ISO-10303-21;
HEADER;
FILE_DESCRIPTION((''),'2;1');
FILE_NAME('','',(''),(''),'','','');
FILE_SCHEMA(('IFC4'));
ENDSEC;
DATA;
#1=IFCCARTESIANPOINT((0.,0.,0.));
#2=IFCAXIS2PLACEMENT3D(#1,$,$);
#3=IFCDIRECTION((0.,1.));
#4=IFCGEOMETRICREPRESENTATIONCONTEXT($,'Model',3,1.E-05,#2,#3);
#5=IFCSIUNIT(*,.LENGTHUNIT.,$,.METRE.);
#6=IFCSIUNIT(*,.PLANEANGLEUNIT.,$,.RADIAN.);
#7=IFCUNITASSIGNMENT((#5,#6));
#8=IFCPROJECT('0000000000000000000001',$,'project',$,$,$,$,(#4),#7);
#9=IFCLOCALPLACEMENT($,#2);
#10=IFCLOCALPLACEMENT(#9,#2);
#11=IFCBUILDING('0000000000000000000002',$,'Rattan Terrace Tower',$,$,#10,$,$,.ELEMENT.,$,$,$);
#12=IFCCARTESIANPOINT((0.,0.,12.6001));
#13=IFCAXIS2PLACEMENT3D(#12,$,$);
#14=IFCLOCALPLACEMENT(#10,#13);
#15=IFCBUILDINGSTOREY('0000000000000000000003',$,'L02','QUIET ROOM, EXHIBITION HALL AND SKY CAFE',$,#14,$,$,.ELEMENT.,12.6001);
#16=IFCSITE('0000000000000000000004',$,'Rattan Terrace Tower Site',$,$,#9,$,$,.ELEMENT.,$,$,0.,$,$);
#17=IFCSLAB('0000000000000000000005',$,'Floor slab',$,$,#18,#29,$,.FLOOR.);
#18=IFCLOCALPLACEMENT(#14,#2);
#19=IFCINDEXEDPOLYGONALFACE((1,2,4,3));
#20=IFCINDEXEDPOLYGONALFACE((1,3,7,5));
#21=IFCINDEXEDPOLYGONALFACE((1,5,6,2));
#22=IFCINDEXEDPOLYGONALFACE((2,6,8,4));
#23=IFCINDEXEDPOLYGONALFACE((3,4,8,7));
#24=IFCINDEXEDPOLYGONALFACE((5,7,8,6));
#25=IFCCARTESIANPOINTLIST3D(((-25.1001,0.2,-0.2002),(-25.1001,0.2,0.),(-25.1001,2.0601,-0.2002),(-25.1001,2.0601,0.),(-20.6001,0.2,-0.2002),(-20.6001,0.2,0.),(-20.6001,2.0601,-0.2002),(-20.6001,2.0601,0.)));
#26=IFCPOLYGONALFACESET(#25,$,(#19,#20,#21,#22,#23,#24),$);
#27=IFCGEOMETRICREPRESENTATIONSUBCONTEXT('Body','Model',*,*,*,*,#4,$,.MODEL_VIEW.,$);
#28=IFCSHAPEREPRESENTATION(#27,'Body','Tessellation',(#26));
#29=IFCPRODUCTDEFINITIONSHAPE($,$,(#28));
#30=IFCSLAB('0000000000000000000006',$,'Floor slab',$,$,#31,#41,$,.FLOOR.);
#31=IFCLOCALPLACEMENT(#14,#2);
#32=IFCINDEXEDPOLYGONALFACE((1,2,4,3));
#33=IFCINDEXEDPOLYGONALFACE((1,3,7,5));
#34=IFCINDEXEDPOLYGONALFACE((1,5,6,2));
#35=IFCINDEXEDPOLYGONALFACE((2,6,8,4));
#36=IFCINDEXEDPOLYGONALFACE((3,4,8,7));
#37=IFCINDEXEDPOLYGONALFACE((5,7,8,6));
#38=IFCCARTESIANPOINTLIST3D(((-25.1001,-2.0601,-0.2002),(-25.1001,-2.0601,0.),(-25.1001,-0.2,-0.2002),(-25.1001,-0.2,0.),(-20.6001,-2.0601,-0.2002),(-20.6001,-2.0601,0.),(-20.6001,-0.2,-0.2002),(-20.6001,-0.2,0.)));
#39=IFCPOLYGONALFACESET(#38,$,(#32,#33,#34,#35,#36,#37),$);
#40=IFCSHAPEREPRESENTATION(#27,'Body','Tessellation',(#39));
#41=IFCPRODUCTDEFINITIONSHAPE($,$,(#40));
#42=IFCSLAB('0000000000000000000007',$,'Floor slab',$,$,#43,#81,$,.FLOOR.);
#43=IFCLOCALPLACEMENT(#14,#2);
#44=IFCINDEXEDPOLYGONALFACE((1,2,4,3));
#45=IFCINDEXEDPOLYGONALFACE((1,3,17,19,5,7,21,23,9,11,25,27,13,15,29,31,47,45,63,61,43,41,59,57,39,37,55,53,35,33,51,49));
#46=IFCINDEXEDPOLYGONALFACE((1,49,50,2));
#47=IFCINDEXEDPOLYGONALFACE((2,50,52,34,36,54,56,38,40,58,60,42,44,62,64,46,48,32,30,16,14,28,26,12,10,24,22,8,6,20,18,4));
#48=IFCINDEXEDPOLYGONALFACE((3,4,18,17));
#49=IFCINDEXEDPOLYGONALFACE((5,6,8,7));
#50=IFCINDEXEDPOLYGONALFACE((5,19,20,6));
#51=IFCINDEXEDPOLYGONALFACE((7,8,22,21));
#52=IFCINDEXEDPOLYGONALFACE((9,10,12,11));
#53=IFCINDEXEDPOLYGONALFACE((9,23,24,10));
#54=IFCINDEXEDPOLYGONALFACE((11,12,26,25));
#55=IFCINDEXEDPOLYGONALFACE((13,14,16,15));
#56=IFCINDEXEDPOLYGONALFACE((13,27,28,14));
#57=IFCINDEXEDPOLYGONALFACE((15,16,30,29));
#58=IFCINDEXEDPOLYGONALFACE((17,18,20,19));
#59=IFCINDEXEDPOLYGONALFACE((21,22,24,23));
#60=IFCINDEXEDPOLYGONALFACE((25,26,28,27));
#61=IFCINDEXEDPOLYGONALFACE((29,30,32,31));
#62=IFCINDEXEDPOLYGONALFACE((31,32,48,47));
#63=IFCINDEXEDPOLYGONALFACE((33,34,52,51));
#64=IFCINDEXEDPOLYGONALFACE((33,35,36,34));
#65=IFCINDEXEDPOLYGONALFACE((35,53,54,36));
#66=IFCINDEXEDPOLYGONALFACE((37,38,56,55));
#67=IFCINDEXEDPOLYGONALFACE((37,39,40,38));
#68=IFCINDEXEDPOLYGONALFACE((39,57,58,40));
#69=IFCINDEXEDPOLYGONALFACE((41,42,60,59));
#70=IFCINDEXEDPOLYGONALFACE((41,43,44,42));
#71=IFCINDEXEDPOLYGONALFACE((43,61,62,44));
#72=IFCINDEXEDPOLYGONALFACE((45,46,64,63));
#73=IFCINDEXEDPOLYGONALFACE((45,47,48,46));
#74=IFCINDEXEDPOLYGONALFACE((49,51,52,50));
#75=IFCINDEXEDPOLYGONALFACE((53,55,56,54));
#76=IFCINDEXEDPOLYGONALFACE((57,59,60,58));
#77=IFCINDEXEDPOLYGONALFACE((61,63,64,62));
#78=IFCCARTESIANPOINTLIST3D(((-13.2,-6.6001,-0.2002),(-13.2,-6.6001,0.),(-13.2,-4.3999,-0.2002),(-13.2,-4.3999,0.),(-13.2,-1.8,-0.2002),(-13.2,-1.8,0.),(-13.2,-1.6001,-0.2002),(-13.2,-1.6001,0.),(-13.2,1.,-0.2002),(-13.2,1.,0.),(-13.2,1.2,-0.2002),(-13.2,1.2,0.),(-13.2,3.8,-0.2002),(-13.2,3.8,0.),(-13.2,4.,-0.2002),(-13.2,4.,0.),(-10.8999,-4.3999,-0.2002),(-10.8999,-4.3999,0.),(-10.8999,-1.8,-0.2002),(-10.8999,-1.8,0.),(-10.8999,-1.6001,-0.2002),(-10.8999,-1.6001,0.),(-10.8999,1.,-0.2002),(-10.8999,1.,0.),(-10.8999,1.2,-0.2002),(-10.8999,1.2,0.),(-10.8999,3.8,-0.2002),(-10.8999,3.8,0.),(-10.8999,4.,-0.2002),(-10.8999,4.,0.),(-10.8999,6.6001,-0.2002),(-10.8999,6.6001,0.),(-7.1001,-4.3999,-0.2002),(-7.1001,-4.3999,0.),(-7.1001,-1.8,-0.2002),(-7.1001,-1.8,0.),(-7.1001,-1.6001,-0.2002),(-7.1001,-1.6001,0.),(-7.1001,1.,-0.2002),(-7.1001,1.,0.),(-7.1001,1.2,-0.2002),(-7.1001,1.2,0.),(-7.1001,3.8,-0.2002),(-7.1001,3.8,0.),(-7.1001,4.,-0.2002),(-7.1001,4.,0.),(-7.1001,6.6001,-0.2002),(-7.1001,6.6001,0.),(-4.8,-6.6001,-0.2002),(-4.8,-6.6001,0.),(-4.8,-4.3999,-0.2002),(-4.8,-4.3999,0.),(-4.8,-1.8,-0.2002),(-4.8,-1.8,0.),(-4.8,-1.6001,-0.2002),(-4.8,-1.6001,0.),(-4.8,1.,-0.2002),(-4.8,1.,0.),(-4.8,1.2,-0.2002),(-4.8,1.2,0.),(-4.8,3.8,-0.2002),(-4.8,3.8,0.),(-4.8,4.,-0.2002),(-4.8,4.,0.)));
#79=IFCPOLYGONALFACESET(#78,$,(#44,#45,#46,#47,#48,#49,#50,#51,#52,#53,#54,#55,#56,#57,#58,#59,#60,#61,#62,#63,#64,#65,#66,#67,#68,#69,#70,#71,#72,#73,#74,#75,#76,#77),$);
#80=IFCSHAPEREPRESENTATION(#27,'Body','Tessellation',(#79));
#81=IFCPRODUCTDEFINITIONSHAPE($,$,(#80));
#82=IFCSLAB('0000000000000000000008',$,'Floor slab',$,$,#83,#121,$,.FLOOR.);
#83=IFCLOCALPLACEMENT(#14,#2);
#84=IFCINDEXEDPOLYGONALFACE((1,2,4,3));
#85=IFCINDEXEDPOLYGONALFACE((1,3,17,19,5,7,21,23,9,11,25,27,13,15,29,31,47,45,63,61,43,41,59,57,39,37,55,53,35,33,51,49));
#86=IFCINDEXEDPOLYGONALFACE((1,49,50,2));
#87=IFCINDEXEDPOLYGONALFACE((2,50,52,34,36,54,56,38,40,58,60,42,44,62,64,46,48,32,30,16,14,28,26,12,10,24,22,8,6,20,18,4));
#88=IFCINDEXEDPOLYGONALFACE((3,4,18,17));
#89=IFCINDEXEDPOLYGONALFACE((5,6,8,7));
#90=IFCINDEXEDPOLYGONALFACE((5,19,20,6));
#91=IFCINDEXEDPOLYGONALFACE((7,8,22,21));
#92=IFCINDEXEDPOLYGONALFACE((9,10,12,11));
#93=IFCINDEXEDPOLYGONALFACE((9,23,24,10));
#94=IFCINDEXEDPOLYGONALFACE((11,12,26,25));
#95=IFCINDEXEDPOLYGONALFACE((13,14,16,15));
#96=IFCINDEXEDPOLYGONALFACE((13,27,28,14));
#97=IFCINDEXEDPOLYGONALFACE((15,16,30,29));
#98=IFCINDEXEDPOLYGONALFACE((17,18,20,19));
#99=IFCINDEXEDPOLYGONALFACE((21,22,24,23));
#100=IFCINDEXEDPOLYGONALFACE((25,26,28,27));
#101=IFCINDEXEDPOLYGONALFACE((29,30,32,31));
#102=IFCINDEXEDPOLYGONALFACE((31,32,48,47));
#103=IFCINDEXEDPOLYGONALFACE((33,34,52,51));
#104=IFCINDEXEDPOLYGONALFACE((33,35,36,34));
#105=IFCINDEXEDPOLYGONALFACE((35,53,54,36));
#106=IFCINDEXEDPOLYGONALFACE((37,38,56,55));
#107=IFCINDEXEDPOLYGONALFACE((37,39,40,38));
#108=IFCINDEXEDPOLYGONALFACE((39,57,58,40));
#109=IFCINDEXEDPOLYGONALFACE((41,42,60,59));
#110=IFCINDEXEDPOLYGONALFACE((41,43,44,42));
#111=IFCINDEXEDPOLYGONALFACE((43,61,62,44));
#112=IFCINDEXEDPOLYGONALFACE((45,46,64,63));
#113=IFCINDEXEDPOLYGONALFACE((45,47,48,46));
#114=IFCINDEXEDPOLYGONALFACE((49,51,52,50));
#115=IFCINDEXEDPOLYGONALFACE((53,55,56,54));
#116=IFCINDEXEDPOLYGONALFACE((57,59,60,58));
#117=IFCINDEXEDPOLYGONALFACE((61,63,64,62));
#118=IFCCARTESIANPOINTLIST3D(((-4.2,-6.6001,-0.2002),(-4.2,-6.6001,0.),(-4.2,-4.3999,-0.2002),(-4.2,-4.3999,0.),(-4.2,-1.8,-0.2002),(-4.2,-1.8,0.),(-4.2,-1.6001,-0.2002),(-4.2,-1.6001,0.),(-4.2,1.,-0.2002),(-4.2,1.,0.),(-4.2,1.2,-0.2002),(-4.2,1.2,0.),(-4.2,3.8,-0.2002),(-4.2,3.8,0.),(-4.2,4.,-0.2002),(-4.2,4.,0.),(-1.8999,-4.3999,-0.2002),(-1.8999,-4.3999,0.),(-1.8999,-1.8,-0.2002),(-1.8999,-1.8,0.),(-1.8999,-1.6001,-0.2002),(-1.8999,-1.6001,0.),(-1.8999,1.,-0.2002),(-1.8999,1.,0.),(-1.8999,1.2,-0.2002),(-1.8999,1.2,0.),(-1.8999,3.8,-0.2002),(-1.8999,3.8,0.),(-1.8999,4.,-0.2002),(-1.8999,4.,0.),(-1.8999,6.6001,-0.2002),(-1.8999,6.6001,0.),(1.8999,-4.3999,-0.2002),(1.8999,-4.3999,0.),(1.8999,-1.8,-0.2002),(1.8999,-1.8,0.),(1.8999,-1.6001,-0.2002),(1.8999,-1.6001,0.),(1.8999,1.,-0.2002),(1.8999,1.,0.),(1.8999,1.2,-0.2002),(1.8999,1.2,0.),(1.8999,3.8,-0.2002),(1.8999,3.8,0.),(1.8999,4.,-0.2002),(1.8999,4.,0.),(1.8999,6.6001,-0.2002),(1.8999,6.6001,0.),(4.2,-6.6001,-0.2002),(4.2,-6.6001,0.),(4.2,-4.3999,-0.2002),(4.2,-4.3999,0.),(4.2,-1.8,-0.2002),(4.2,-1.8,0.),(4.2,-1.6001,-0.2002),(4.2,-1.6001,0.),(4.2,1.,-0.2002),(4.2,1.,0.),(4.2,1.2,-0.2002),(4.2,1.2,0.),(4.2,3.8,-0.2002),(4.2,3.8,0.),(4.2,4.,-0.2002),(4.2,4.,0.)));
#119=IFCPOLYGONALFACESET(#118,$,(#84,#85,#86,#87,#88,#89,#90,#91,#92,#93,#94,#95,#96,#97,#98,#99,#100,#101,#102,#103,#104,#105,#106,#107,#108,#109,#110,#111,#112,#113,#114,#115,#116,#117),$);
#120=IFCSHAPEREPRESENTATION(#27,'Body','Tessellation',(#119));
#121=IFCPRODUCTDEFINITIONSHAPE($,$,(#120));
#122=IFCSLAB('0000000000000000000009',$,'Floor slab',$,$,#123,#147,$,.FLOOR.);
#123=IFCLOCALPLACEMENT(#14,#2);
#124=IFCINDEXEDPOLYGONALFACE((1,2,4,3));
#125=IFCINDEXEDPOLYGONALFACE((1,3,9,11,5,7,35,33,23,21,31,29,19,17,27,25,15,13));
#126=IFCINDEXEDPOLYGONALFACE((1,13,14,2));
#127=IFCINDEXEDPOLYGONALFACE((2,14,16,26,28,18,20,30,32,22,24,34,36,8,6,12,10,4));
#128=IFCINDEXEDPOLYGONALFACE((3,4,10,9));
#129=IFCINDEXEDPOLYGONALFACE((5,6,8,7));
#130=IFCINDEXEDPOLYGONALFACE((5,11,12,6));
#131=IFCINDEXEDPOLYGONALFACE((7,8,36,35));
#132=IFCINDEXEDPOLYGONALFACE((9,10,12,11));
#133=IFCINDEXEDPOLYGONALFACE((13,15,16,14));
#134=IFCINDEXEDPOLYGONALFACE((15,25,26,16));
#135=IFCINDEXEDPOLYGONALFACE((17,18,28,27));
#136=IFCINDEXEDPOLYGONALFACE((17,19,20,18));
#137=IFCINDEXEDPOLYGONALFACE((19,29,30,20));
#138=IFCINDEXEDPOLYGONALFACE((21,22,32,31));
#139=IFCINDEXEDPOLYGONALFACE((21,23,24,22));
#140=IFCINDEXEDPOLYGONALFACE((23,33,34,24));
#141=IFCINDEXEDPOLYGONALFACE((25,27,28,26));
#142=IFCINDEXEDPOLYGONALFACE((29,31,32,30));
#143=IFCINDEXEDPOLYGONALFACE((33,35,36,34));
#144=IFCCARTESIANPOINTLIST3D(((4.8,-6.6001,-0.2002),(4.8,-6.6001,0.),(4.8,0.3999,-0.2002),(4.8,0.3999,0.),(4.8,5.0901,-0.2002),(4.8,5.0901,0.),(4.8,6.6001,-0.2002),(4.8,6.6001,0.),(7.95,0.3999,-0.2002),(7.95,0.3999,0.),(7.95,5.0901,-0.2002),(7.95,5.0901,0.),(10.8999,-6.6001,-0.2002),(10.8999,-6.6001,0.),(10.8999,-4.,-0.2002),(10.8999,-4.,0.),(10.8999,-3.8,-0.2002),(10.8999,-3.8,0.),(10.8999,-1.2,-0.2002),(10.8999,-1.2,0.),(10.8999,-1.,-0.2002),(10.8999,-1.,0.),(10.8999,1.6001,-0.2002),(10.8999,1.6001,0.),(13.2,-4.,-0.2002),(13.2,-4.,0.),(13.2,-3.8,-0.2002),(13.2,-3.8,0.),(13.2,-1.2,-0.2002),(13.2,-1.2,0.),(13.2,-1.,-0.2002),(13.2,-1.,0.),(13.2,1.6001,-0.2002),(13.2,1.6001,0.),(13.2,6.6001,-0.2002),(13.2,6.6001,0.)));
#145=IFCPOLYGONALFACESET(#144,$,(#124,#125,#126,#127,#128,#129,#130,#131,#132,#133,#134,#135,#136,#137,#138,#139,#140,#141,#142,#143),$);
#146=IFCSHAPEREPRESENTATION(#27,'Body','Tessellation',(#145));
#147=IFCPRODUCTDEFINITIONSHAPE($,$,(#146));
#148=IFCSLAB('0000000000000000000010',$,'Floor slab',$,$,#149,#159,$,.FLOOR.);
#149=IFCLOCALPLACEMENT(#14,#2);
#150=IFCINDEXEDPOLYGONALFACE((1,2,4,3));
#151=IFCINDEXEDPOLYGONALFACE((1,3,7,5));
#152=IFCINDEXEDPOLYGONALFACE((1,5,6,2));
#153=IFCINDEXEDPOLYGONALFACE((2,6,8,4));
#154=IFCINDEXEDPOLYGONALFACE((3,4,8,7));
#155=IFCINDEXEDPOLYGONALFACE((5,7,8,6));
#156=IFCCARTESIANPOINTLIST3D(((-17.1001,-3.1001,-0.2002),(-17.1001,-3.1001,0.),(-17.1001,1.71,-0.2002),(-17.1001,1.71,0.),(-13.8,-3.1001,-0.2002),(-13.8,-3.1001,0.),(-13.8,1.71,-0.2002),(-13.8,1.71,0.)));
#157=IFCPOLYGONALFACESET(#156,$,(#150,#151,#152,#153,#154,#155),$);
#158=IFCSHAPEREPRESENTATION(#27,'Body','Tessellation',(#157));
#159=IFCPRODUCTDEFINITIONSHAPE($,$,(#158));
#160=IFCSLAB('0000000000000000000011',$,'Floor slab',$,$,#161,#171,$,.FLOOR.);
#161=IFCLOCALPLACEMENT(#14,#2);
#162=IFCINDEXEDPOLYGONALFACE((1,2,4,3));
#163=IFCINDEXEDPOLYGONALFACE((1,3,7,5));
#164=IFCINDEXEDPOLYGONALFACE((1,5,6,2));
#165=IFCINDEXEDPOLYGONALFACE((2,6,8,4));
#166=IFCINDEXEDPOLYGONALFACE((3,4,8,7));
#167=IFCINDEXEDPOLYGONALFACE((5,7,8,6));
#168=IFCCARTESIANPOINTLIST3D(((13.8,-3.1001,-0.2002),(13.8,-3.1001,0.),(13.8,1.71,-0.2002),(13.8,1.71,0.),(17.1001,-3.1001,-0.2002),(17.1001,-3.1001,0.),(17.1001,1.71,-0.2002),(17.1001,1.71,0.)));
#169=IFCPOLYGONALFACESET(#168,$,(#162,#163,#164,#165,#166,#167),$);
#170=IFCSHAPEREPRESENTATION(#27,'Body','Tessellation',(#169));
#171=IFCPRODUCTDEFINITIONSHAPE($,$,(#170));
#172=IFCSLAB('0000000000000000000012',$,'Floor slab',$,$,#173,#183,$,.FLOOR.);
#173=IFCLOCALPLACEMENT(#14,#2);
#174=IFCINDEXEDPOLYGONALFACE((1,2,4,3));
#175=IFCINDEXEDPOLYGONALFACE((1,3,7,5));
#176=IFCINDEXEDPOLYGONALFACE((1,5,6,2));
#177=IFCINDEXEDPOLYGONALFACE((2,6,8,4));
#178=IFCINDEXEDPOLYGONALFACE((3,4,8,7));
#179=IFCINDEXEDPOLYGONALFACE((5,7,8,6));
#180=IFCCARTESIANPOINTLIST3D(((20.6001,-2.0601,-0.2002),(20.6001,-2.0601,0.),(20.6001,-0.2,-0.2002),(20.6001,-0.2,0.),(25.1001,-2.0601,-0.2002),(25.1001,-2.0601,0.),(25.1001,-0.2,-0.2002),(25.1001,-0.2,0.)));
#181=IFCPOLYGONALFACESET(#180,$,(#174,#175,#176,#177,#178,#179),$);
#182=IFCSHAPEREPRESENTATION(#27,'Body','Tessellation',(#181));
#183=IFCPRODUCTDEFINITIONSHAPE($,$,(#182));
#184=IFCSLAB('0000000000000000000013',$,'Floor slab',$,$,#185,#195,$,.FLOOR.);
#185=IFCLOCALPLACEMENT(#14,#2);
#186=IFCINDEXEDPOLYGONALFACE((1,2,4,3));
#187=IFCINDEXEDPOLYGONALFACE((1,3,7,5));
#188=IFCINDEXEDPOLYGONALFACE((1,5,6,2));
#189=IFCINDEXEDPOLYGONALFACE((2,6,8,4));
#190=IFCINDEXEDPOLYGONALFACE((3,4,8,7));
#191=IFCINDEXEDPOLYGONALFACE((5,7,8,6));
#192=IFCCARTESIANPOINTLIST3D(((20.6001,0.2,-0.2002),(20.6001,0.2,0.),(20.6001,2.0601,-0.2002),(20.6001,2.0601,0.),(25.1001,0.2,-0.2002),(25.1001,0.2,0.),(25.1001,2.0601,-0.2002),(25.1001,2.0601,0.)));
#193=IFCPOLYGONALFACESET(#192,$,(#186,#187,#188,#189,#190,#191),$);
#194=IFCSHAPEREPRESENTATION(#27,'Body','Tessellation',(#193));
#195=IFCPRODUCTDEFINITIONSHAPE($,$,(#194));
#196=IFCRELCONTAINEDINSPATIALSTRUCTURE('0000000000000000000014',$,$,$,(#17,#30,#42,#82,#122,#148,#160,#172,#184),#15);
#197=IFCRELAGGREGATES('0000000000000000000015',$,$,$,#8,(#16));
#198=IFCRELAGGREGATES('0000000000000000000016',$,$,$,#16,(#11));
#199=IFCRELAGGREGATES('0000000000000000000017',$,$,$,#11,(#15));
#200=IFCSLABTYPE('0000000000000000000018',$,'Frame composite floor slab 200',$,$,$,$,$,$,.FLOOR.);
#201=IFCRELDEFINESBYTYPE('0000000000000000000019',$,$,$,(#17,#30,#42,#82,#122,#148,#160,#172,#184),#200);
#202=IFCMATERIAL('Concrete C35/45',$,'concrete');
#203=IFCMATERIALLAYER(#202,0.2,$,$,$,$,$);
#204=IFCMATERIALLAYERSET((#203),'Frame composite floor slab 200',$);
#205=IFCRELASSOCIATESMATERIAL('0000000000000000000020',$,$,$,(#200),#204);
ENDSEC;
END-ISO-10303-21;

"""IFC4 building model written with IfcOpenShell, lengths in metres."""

from ifc_helpers import new_model, si_unit, direction, frame, origin, place, context, subcontext, project, spatial, polyline, outline, extrude, material, layer, layer_set, type_object, element, save


model = new_model("IFC4")

# Units and contexts
model_context = context("Model", 3, precision=1e-05, world=origin(), true_north=direction((0.0, 1.0)))
body_context = subcontext(model_context, "Body", "Model", "MODEL_VIEW")
ifc_project = project(units=[si_unit("LENGTHUNIT", "METRE"), si_unit("PLANEANGLEUNIT", "RADIAN")], contexts=[model_context])

# Site, building, storey
site_placement = place(None, origin())
site = spatial("IfcSite", under=ifc_project, at=site_placement, Name="Rattan Terrace Tower Site", CompositionType="ELEMENT", RefElevation=0.0)
building_placement = place(site_placement, origin())
building = spatial("IfcBuilding", under=site, at=building_placement, Name="Rattan Terrace Tower", CompositionType="ELEMENT")
storey_placement = place(building_placement, frame((0.0, 0.0, 12.6001)))
storey = spatial("IfcBuildingStorey", under=building, at=storey_placement, Name="L02", Description="QUIET ROOM, EXHIBITION HALL AND SKY CAFE", CompositionType="ELEMENT", Elevation=12.6001)

# Slabs
ifc_material_1 = material(Name="Concrete C35/45", Category="concrete")
ifc_layer_1 = layer(ifc_material_1, 0.2)
ifc_layer_set_1 = layer_set([ifc_layer_1], Name="Frame composite floor slab 200")
slab_type_1 = type_object("IfcSlabType", Name="Frame composite floor slab 200", PredefinedType="FLOOR", material=ifc_layer_set_1)
slab_1_placement = place(storey_placement, frame((0.0, 0.0, -0.2002)))
element("IfcSlab", 1, at=slab_1_placement, inside=storey, type_object=slab_type_1, Name="Floor slab", PredefinedType="FLOOR", context=body_context, shape_type="SweptSolid", body=[
    extrude(outline(polyline([(-20.6001, 0.2), (-20.6001, 2.0601), (-25.1001, 2.0601), (-25.1001, 0.2), (-20.6001, 0.2)])), origin(), (0.0, 0.0, 1.0), 0.2002),
])
slab_2_placement = place(storey_placement, frame((0.0, 0.0, -0.2002)))
element("IfcSlab", 2, at=slab_2_placement, inside=storey, type_object=slab_type_1, Name="Floor slab", PredefinedType="FLOOR", context=body_context, shape_type="SweptSolid", body=[
    extrude(outline(polyline([(-25.1001, -2.0601), (-20.6001, -2.0601), (-20.6001, -0.2), (-25.1001, -0.2), (-25.1001, -2.0601)])), origin(), (0.0, 0.0, 1.0), 0.2002),
])
slab_3_placement = place(storey_placement, frame((0.0, 0.0, -0.2002)))
element("IfcSlab", 3, at=slab_3_placement, inside=storey, type_object=slab_type_1, Name="Floor slab", PredefinedType="FLOOR", context=body_context, shape_type="SweptSolid", body=[
    extrude(outline(polyline([(-13.2, 4.0), (-13.2, 3.8), (-10.8999, 3.8), (-10.8999, 1.2), (-13.2, 1.2), (-13.2, 1.0), (-10.8999, 1.0), (-10.8999, -1.6001), (-13.2, -1.6001), (-13.2, -1.8), (-10.8999, -1.8), (-10.8999, -4.3999), (-13.2, -4.3999), (-13.2, -6.6001), (-4.8, -6.6001), (-4.8, -4.3999), (-7.1001, -4.3999), (-7.1001, -1.8), (-4.8, -1.8), (-4.8, -1.6001), (-7.1001, -1.6001), (-7.1001, 1.0), (-4.8, 1.0), (-4.8, 1.2), (-7.1001, 1.2), (-7.1001, 3.8), (-4.8, 3.8), (-4.8, 4.0), (-7.1001, 4.0), (-7.1001, 6.6001), (-10.8999, 6.6001), (-10.8999, 4.0), (-13.2, 4.0)])), origin(), (0.0, 0.0, 1.0), 0.2002),
])
slab_4_placement = place(storey_placement, frame((0.0, 0.0, -0.2002)))
element("IfcSlab", 4, at=slab_4_placement, inside=storey, type_object=slab_type_1, Name="Floor slab", PredefinedType="FLOOR", context=body_context, shape_type="SweptSolid", body=[
    extrude(outline(polyline([(-4.2, -6.6001), (4.2, -6.6001), (4.2, -4.3999), (1.8999, -4.3999), (1.8999, -1.8), (4.2, -1.8), (4.2, -1.6001), (1.8999, -1.6001), (1.8999, 1.0), (4.2, 1.0), (4.2, 1.2), (1.8999, 1.2), (1.8999, 3.8), (4.2, 3.8), (4.2, 4.0), (1.8999, 4.0), (1.8999, 6.6001), (-1.8999, 6.6001), (-1.8999, 4.0), (-4.2, 4.0), (-4.2, 3.8), (-1.8999, 3.8), (-1.8999, 1.2), (-4.2, 1.2), (-4.2, 1.0), (-1.8999, 1.0), (-1.8999, -1.6001), (-4.2, -1.6001), (-4.2, -1.8), (-1.8999, -1.8), (-1.8999, -4.3999), (-4.2, -4.3999), (-4.2, -6.6001)])), origin(), (0.0, 0.0, 1.0), 0.2002),
])
slab_5_placement = place(storey_placement, frame((0.0, 0.0, -0.2002)))
element("IfcSlab", 5, at=slab_5_placement, inside=storey, type_object=slab_type_1, Name="Floor slab", PredefinedType="FLOOR", context=body_context, shape_type="SweptSolid", body=[
    extrude(outline(polyline([(4.8, -6.6001), (10.8999, -6.6001), (10.8999, -4.0), (13.2, -4.0), (13.2, -3.8), (10.8999, -3.8), (10.8999, -1.2), (13.2, -1.2), (13.2, -1.0), (10.8999, -1.0), (10.8999, 1.6001), (13.2, 1.6001), (13.2, 6.6001), (4.8, 6.6001), (4.8, 5.0901), (7.95, 5.0901), (7.95, 0.3999), (4.8, 0.3999), (4.8, -6.6001)])), origin(), (0.0, 0.0, 1.0), 0.2002),
])
slab_6_placement = place(storey_placement, frame((0.0, 0.0, -0.2002)))
element("IfcSlab", 6, at=slab_6_placement, inside=storey, type_object=slab_type_1, Name="Floor slab", PredefinedType="FLOOR", context=body_context, shape_type="SweptSolid", body=[
    extrude(outline(polyline([(-17.1001, -3.1001), (-13.8, -3.1001), (-13.8, 1.71), (-17.1001, 1.71), (-17.1001, -3.1001)])), origin(), (0.0, 0.0, 1.0), 0.2002),
])
slab_7_placement = place(storey_placement, frame((0.0, 0.0, -0.2002)))
element("IfcSlab", 7, at=slab_7_placement, inside=storey, type_object=slab_type_1, Name="Floor slab", PredefinedType="FLOOR", context=body_context, shape_type="SweptSolid", body=[
    extrude(outline(polyline([(17.1001, -3.1001), (17.1001, 1.71), (13.8, 1.71), (13.8, -3.1001), (17.1001, -3.1001)])), origin(), (0.0, 0.0, 1.0), 0.2002),
])
slab_8_placement = place(storey_placement, frame((0.0, 0.0, -0.2002)))
element("IfcSlab", 8, at=slab_8_placement, inside=storey, type_object=slab_type_1, Name="Floor slab", PredefinedType="FLOOR", context=body_context, shape_type="SweptSolid", body=[
    extrude(outline(polyline([(20.6001, -0.2), (20.6001, -2.0601), (25.1001, -2.0601), (25.1001, -0.2), (20.6001, -0.2)])), origin(), (0.0, 0.0, 1.0), 0.2002),
])
slab_9_placement = place(storey_placement, frame((0.0, 0.0, -0.2002)))
element("IfcSlab", 9, at=slab_9_placement, inside=storey, type_object=slab_type_1, Name="Floor slab", PredefinedType="FLOOR", context=body_context, shape_type="SweptSolid", body=[
    extrude(outline(polyline([(20.6001, 0.2), (25.1001, 0.2), (25.1001, 2.0601), (20.6001, 2.0601), (20.6001, 0.2)])), origin(), (0.0, 0.0, 1.0), 0.2002),
])

save(model, "model.ifc")
